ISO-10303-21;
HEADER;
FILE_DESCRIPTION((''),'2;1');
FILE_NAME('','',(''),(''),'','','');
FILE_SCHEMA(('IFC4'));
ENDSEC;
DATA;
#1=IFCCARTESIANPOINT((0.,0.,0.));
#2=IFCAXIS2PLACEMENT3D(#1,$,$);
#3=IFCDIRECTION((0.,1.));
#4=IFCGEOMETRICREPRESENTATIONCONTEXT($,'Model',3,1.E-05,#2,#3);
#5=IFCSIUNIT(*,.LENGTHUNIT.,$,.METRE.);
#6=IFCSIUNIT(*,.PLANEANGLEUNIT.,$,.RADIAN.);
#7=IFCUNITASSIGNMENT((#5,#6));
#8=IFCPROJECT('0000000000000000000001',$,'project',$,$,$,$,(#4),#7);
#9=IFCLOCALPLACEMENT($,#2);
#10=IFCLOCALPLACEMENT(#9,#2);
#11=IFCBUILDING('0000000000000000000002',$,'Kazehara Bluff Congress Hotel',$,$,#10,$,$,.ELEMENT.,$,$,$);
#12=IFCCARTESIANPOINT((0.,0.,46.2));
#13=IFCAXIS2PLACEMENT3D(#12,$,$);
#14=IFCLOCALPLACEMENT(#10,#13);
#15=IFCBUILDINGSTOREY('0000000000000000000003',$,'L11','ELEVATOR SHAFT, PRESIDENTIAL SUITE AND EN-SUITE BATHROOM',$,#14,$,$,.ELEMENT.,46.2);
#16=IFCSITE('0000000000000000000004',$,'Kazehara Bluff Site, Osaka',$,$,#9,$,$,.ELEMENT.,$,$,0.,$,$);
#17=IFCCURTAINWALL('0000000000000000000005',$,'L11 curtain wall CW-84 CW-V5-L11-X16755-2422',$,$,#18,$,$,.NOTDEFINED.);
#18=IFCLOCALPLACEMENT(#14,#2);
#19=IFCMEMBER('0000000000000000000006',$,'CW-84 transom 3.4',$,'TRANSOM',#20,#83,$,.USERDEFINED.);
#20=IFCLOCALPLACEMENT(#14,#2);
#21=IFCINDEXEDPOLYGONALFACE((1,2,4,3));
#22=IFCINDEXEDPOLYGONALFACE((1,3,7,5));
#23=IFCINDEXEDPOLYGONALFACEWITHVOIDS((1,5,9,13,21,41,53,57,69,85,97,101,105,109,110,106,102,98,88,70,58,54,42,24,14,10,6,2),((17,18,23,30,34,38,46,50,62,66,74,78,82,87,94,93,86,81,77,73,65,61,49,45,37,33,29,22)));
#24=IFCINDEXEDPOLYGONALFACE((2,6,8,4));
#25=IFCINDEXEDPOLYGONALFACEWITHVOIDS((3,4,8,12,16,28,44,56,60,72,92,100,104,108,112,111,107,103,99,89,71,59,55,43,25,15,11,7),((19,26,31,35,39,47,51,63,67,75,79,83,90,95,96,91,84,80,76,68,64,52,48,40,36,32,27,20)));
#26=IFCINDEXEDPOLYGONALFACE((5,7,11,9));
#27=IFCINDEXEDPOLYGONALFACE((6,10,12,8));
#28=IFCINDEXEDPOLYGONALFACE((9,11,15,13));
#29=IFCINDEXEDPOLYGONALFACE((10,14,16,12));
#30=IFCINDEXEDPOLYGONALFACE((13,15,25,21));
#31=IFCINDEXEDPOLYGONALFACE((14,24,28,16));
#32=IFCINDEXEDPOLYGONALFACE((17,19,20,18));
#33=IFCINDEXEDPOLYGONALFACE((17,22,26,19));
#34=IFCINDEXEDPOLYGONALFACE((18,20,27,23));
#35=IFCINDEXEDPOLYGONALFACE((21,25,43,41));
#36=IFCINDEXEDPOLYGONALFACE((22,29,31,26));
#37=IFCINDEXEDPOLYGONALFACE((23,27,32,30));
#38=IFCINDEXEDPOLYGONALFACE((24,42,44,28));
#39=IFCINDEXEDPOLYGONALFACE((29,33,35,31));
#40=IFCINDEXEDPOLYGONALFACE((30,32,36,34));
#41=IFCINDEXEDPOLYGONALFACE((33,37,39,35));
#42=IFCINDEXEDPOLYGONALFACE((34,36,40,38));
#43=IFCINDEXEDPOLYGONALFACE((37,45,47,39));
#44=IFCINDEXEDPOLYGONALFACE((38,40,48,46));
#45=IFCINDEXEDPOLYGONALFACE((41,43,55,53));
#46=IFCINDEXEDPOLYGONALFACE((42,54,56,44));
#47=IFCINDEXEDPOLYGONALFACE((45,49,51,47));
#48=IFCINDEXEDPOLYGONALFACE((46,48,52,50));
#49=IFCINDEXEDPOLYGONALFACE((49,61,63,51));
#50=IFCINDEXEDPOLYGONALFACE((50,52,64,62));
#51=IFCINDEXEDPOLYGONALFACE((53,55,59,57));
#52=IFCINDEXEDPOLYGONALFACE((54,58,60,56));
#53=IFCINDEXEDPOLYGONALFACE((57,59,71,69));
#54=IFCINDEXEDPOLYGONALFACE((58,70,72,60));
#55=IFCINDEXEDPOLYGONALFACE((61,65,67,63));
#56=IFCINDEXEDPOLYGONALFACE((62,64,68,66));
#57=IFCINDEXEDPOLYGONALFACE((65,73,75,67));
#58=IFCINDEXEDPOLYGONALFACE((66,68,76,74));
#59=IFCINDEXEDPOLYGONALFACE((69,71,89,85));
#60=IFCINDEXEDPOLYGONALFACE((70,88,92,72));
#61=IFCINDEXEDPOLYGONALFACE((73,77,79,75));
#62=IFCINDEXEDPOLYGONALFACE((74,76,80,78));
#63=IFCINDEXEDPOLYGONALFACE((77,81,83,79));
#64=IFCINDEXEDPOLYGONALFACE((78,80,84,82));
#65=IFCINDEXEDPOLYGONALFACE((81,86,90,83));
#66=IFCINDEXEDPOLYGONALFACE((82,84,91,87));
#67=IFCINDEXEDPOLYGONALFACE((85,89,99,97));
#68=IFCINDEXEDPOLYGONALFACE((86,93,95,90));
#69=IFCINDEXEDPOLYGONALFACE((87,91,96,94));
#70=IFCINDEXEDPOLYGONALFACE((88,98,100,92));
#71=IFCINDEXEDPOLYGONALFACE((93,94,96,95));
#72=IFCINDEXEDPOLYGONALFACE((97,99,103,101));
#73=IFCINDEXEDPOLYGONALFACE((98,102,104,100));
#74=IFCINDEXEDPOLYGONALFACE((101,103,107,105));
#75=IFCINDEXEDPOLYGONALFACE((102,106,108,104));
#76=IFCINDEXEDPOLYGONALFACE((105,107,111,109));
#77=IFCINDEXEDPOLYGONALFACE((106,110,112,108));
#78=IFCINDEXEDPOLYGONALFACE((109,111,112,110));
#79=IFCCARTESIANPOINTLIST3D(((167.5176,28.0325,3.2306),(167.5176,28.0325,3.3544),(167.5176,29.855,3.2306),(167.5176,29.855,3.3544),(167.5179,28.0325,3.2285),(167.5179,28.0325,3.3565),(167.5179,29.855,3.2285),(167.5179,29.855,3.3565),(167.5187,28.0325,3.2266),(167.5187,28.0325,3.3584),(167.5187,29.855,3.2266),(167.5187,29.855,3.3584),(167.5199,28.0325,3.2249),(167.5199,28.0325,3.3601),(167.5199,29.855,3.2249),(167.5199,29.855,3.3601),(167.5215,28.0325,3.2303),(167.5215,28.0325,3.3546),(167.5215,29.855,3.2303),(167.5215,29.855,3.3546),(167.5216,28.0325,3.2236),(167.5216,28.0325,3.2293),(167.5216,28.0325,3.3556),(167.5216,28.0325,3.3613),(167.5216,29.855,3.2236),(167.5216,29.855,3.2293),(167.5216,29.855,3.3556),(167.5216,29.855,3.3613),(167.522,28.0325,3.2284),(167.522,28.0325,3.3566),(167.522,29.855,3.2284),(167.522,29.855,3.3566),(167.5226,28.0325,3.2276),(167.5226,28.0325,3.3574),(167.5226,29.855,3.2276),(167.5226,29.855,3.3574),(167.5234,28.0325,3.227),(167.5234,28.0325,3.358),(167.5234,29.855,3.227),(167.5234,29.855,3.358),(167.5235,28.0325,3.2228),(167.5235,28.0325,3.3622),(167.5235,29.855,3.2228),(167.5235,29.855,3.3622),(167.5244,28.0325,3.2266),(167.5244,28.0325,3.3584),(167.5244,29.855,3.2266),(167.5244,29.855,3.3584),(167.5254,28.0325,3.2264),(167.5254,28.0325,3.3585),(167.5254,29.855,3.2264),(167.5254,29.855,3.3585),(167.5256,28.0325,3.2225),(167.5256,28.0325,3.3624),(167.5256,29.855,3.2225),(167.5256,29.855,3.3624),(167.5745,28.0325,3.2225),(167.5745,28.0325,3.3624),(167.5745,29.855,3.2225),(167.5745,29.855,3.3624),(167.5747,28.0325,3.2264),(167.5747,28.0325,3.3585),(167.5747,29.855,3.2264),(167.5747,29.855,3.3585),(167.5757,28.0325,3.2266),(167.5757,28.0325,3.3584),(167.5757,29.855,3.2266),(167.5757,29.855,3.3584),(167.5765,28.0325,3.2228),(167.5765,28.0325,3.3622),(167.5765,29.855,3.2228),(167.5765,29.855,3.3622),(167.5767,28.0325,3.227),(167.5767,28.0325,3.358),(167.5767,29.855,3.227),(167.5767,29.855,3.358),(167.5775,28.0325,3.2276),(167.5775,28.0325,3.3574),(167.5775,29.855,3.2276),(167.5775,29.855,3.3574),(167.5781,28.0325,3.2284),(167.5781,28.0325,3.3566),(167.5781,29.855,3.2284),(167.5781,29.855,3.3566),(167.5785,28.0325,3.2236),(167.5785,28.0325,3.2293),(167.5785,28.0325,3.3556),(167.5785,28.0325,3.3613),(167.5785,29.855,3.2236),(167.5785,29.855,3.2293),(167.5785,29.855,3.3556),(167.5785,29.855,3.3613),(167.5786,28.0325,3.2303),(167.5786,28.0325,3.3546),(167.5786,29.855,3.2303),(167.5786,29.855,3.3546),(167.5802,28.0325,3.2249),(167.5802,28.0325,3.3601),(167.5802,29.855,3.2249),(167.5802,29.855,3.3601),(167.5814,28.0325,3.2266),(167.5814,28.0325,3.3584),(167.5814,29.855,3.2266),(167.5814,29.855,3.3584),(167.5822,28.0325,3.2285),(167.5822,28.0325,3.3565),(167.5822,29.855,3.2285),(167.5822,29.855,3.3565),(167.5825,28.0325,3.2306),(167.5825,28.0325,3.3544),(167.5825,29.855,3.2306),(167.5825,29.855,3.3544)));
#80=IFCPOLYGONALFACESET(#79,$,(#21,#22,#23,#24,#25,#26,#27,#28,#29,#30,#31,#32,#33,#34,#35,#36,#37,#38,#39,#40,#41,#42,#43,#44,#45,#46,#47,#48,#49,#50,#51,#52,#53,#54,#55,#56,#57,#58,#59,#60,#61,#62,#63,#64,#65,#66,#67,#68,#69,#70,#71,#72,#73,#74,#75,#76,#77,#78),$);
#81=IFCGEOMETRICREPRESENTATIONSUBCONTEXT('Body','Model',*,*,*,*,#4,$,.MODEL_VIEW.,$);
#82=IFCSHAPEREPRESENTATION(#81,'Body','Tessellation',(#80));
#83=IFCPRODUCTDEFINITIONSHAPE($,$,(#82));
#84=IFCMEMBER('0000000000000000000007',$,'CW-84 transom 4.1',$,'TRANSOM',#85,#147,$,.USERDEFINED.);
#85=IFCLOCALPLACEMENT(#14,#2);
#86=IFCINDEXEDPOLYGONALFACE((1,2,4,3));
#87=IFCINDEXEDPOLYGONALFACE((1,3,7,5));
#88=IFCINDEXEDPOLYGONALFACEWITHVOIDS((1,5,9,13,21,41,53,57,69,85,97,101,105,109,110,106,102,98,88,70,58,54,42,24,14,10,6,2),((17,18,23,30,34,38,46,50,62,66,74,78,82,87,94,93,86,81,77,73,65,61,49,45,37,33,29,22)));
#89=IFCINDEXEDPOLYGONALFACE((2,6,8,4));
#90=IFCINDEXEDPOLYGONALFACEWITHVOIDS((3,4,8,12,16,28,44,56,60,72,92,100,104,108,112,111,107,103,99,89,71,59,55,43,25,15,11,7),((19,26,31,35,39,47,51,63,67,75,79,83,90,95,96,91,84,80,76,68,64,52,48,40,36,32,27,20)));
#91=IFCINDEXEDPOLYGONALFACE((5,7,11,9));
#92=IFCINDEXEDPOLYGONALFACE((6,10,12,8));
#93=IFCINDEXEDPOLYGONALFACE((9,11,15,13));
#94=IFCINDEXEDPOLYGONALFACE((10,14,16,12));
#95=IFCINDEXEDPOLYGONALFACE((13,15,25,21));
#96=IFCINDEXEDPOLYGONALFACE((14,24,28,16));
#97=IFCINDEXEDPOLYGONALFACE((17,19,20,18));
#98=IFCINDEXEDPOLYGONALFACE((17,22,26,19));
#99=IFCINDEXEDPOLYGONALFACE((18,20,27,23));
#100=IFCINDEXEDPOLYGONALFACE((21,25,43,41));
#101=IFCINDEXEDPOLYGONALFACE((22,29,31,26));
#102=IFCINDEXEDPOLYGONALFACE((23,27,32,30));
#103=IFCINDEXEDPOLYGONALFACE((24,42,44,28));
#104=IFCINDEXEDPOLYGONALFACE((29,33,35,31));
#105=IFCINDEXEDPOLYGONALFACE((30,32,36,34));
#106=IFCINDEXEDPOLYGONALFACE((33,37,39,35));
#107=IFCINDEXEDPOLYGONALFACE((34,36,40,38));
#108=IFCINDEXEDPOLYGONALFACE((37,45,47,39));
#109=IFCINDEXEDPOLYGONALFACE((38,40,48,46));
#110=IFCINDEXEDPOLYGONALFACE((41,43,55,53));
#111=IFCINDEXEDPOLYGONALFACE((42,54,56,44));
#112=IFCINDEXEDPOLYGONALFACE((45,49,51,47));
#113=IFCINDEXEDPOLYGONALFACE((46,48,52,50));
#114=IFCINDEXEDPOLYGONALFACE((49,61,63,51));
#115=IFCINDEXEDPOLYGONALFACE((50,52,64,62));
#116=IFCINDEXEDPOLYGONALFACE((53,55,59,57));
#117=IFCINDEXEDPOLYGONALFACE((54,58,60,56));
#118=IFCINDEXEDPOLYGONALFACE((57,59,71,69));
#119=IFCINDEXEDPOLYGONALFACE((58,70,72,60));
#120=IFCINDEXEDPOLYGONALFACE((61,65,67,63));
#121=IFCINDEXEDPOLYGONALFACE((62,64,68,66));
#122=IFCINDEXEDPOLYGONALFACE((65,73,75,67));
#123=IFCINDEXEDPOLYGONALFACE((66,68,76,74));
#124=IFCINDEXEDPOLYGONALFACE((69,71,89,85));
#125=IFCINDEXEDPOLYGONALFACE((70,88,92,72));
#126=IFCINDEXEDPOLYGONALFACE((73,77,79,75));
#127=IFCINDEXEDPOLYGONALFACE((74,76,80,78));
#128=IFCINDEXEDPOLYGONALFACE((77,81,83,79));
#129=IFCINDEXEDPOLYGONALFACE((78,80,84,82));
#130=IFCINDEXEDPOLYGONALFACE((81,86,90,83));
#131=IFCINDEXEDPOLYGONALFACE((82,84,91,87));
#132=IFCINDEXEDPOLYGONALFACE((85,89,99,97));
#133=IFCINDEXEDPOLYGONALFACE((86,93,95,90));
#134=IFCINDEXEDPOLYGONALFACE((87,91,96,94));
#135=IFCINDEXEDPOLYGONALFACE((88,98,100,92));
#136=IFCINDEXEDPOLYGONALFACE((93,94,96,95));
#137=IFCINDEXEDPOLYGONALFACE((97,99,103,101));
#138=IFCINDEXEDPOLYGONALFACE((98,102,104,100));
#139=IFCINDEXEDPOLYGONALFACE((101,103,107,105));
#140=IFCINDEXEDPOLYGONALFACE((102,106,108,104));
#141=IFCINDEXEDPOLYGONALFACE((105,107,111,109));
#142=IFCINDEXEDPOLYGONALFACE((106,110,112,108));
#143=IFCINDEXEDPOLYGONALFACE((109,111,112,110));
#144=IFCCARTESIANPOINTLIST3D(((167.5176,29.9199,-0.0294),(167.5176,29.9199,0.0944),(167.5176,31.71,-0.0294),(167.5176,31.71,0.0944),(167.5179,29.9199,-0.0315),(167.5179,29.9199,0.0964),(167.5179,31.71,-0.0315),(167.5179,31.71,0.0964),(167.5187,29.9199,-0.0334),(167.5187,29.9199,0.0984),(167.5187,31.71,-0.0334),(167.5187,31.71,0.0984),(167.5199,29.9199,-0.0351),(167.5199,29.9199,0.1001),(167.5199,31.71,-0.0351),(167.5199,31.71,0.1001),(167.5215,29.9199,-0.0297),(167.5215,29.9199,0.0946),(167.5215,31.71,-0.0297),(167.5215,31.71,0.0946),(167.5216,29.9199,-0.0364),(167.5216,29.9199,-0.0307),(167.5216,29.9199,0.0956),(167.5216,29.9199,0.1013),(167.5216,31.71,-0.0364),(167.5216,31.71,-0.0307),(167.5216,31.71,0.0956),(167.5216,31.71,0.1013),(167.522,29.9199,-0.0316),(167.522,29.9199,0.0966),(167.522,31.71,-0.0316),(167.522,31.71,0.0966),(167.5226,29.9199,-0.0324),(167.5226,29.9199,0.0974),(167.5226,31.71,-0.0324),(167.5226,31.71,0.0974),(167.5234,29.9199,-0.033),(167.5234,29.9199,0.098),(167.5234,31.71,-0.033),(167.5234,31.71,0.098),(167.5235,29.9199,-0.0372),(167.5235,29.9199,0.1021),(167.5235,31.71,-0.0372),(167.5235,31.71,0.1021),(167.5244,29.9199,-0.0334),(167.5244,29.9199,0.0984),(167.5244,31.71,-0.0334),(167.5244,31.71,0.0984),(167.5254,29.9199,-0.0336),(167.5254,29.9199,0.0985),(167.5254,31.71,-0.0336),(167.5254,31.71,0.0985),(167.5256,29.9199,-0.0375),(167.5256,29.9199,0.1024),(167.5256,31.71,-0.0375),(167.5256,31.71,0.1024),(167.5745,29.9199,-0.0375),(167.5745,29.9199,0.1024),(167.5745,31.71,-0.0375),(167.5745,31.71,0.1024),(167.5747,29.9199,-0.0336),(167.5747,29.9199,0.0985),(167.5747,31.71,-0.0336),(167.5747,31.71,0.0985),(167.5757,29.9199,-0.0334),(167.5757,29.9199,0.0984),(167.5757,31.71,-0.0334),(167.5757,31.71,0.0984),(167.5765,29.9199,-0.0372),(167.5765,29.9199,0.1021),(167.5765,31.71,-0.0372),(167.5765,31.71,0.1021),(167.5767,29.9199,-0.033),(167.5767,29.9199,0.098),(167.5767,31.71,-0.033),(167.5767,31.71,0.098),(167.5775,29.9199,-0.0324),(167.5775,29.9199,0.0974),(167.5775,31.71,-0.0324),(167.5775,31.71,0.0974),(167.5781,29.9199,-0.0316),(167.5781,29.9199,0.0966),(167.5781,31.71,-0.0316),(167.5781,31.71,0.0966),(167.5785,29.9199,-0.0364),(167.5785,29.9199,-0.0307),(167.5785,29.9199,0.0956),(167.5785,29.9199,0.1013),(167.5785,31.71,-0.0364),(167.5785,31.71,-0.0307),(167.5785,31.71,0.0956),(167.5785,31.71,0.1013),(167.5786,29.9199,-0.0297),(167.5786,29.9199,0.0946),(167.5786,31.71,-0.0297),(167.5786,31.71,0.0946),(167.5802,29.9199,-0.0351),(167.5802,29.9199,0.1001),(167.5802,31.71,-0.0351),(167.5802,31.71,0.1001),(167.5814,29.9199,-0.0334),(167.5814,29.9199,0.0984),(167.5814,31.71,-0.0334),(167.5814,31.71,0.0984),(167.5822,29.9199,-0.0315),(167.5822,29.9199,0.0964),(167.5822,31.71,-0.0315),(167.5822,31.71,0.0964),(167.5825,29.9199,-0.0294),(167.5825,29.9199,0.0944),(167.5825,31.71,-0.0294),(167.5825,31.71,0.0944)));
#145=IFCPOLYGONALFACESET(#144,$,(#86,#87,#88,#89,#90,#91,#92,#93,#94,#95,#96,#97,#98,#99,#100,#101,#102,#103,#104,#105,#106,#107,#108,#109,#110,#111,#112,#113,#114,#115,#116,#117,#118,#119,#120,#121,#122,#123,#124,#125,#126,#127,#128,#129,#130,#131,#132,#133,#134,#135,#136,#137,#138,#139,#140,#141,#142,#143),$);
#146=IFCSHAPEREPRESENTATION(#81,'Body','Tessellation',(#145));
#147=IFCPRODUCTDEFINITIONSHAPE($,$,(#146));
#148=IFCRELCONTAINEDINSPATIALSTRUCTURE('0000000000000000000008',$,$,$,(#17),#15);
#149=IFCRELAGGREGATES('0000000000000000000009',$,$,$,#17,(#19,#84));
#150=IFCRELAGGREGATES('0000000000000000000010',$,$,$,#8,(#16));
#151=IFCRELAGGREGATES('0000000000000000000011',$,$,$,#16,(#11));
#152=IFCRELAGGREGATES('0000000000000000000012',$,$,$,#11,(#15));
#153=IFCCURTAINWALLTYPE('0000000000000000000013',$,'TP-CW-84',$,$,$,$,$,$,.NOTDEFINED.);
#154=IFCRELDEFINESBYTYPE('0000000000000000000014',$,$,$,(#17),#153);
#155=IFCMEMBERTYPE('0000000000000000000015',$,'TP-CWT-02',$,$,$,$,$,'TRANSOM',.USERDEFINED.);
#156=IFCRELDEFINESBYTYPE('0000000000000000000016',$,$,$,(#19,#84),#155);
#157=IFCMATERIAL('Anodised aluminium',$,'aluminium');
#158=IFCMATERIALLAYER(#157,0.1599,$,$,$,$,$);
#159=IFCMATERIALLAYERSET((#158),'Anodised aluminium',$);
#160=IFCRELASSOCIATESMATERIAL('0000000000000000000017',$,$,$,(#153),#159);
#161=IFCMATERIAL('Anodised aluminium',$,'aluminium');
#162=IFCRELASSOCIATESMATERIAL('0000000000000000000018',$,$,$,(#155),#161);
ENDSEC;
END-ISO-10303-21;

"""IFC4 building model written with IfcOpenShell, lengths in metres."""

from ifc_helpers import new_model, si_unit, direction, frame, origin, origin_2d, place, context, subcontext, project, spatial, hollow_rectangle, extrude, material, layer, layer_set, material_profile, profile_set, type_object, element, aggregate, save


model = new_model("IFC4")

# Units and contexts
model_context = context("Model", 3, precision=1e-05, world=origin(), true_north=direction((0.0, 1.0)))
body_context = subcontext(model_context, "Body", "Model", "MODEL_VIEW")
ifc_project = project(units=[si_unit("LENGTHUNIT", "METRE"), si_unit("PLANEANGLEUNIT", "RADIAN")], contexts=[model_context])

# Site, building, storey
site_placement = place(None, origin())
site = spatial("IfcSite", under=ifc_project, at=site_placement, Name="Kazehara Bluff Site, Osaka", CompositionType="ELEMENT", RefElevation=0.0)
building_placement = place(site_placement, origin())
building = spatial("IfcBuilding", under=site, at=building_placement, Name="Kazehara Bluff Congress Hotel", CompositionType="ELEMENT")
storey_placement = place(building_placement, frame((0.0, 0.0, 46.2)))
storey = spatial("IfcBuildingStorey", under=building, at=storey_placement, Name="L11", Description="ELEVATOR SHAFT, PRESIDENTIAL SUITE AND EN-SUITE BATHROOM", CompositionType="ELEMENT", Elevation=46.2)

# Curtain wall, members
ifc_material_1 = material(Name="Anodised aluminium", Category="aluminium")
ifc_layer_1 = layer(ifc_material_1, 0.1599)
ifc_layer_set_1 = layer_set([ifc_layer_1], Name="Anodised aluminium")
curtain_wall_type = type_object("IfcCurtainWallType", Name="TP-CW-84", PredefinedType="NOTDEFINED", material=ifc_layer_set_1)
curtain_wall_placement = place(storey_placement, origin())
curtain_wall = element("IfcCurtainWall", 1, at=curtain_wall_placement, inside=storey, type_object=curtain_wall_type, Name="L11 curtain wall CW-84 CW-V5-L11-X16755-2422", PredefinedType="NOTDEFINED")
ifc_material_2 = material(Name="Anodised aluminium", Category="aluminium")
ifc_material_profile_1 = material_profile(ifc_material_2, hollow_rectangle(XDim=0.0649, YDim=0.1399, WallThickness=0.0039, InnerFilletRadius=0.0039, OuterFilletRadius=0.0081, at=origin_2d()))
ifc_profile_set_1 = profile_set([ifc_material_profile_1], Name="Anodised aluminium")
member_type_1 = type_object("IfcMemberType", Name="TP-CWT-02", ElementType="TRANSOM", PredefinedType="USERDEFINED", material=ifc_profile_set_1)
member_1_placement = place(storey_placement, frame((167.55, 28.0325, 3.2925), z_axis=(0.0, 1.0, 0.0), x_axis=(-1.0, 0.0, 0.0)))
member_1 = element("IfcMember", 2, at=member_1_placement, type_object=member_type_1, Name="CW-84 transom 3.4", ObjectType="TRANSOM", PredefinedType="USERDEFINED", context=body_context, shape_type="SweptSolid", body=[
    extrude(hollow_rectangle(XDim=0.0649, YDim=0.1399, WallThickness=0.0039, InnerFilletRadius=0.0039, OuterFilletRadius=0.0081, at=origin_2d()), origin(), (0.0, 0.0, 1.0), 1.8225),
])
member_2_placement = place(storey_placement, frame((167.55, 29.9199, 0.0325), z_axis=(0.0, 1.0, 0.0), x_axis=(-1.0, 0.0, 0.0)))
member_2 = element("IfcMember", 3, at=member_2_placement, type_object=member_type_1, Name="CW-84 transom 4.1", ObjectType="TRANSOM", PredefinedType="USERDEFINED", context=body_context, shape_type="SweptSolid", body=[
    extrude(hollow_rectangle(XDim=0.0649, YDim=0.1399, WallThickness=0.0039, InnerFilletRadius=0.0039, OuterFilletRadius=0.0081, at=origin_2d()), origin(), (0.0, 0.0, 1.0), 1.79),
])

aggregate(curtain_wall, [member_1, member_2])

save(model, "model.ifc")
